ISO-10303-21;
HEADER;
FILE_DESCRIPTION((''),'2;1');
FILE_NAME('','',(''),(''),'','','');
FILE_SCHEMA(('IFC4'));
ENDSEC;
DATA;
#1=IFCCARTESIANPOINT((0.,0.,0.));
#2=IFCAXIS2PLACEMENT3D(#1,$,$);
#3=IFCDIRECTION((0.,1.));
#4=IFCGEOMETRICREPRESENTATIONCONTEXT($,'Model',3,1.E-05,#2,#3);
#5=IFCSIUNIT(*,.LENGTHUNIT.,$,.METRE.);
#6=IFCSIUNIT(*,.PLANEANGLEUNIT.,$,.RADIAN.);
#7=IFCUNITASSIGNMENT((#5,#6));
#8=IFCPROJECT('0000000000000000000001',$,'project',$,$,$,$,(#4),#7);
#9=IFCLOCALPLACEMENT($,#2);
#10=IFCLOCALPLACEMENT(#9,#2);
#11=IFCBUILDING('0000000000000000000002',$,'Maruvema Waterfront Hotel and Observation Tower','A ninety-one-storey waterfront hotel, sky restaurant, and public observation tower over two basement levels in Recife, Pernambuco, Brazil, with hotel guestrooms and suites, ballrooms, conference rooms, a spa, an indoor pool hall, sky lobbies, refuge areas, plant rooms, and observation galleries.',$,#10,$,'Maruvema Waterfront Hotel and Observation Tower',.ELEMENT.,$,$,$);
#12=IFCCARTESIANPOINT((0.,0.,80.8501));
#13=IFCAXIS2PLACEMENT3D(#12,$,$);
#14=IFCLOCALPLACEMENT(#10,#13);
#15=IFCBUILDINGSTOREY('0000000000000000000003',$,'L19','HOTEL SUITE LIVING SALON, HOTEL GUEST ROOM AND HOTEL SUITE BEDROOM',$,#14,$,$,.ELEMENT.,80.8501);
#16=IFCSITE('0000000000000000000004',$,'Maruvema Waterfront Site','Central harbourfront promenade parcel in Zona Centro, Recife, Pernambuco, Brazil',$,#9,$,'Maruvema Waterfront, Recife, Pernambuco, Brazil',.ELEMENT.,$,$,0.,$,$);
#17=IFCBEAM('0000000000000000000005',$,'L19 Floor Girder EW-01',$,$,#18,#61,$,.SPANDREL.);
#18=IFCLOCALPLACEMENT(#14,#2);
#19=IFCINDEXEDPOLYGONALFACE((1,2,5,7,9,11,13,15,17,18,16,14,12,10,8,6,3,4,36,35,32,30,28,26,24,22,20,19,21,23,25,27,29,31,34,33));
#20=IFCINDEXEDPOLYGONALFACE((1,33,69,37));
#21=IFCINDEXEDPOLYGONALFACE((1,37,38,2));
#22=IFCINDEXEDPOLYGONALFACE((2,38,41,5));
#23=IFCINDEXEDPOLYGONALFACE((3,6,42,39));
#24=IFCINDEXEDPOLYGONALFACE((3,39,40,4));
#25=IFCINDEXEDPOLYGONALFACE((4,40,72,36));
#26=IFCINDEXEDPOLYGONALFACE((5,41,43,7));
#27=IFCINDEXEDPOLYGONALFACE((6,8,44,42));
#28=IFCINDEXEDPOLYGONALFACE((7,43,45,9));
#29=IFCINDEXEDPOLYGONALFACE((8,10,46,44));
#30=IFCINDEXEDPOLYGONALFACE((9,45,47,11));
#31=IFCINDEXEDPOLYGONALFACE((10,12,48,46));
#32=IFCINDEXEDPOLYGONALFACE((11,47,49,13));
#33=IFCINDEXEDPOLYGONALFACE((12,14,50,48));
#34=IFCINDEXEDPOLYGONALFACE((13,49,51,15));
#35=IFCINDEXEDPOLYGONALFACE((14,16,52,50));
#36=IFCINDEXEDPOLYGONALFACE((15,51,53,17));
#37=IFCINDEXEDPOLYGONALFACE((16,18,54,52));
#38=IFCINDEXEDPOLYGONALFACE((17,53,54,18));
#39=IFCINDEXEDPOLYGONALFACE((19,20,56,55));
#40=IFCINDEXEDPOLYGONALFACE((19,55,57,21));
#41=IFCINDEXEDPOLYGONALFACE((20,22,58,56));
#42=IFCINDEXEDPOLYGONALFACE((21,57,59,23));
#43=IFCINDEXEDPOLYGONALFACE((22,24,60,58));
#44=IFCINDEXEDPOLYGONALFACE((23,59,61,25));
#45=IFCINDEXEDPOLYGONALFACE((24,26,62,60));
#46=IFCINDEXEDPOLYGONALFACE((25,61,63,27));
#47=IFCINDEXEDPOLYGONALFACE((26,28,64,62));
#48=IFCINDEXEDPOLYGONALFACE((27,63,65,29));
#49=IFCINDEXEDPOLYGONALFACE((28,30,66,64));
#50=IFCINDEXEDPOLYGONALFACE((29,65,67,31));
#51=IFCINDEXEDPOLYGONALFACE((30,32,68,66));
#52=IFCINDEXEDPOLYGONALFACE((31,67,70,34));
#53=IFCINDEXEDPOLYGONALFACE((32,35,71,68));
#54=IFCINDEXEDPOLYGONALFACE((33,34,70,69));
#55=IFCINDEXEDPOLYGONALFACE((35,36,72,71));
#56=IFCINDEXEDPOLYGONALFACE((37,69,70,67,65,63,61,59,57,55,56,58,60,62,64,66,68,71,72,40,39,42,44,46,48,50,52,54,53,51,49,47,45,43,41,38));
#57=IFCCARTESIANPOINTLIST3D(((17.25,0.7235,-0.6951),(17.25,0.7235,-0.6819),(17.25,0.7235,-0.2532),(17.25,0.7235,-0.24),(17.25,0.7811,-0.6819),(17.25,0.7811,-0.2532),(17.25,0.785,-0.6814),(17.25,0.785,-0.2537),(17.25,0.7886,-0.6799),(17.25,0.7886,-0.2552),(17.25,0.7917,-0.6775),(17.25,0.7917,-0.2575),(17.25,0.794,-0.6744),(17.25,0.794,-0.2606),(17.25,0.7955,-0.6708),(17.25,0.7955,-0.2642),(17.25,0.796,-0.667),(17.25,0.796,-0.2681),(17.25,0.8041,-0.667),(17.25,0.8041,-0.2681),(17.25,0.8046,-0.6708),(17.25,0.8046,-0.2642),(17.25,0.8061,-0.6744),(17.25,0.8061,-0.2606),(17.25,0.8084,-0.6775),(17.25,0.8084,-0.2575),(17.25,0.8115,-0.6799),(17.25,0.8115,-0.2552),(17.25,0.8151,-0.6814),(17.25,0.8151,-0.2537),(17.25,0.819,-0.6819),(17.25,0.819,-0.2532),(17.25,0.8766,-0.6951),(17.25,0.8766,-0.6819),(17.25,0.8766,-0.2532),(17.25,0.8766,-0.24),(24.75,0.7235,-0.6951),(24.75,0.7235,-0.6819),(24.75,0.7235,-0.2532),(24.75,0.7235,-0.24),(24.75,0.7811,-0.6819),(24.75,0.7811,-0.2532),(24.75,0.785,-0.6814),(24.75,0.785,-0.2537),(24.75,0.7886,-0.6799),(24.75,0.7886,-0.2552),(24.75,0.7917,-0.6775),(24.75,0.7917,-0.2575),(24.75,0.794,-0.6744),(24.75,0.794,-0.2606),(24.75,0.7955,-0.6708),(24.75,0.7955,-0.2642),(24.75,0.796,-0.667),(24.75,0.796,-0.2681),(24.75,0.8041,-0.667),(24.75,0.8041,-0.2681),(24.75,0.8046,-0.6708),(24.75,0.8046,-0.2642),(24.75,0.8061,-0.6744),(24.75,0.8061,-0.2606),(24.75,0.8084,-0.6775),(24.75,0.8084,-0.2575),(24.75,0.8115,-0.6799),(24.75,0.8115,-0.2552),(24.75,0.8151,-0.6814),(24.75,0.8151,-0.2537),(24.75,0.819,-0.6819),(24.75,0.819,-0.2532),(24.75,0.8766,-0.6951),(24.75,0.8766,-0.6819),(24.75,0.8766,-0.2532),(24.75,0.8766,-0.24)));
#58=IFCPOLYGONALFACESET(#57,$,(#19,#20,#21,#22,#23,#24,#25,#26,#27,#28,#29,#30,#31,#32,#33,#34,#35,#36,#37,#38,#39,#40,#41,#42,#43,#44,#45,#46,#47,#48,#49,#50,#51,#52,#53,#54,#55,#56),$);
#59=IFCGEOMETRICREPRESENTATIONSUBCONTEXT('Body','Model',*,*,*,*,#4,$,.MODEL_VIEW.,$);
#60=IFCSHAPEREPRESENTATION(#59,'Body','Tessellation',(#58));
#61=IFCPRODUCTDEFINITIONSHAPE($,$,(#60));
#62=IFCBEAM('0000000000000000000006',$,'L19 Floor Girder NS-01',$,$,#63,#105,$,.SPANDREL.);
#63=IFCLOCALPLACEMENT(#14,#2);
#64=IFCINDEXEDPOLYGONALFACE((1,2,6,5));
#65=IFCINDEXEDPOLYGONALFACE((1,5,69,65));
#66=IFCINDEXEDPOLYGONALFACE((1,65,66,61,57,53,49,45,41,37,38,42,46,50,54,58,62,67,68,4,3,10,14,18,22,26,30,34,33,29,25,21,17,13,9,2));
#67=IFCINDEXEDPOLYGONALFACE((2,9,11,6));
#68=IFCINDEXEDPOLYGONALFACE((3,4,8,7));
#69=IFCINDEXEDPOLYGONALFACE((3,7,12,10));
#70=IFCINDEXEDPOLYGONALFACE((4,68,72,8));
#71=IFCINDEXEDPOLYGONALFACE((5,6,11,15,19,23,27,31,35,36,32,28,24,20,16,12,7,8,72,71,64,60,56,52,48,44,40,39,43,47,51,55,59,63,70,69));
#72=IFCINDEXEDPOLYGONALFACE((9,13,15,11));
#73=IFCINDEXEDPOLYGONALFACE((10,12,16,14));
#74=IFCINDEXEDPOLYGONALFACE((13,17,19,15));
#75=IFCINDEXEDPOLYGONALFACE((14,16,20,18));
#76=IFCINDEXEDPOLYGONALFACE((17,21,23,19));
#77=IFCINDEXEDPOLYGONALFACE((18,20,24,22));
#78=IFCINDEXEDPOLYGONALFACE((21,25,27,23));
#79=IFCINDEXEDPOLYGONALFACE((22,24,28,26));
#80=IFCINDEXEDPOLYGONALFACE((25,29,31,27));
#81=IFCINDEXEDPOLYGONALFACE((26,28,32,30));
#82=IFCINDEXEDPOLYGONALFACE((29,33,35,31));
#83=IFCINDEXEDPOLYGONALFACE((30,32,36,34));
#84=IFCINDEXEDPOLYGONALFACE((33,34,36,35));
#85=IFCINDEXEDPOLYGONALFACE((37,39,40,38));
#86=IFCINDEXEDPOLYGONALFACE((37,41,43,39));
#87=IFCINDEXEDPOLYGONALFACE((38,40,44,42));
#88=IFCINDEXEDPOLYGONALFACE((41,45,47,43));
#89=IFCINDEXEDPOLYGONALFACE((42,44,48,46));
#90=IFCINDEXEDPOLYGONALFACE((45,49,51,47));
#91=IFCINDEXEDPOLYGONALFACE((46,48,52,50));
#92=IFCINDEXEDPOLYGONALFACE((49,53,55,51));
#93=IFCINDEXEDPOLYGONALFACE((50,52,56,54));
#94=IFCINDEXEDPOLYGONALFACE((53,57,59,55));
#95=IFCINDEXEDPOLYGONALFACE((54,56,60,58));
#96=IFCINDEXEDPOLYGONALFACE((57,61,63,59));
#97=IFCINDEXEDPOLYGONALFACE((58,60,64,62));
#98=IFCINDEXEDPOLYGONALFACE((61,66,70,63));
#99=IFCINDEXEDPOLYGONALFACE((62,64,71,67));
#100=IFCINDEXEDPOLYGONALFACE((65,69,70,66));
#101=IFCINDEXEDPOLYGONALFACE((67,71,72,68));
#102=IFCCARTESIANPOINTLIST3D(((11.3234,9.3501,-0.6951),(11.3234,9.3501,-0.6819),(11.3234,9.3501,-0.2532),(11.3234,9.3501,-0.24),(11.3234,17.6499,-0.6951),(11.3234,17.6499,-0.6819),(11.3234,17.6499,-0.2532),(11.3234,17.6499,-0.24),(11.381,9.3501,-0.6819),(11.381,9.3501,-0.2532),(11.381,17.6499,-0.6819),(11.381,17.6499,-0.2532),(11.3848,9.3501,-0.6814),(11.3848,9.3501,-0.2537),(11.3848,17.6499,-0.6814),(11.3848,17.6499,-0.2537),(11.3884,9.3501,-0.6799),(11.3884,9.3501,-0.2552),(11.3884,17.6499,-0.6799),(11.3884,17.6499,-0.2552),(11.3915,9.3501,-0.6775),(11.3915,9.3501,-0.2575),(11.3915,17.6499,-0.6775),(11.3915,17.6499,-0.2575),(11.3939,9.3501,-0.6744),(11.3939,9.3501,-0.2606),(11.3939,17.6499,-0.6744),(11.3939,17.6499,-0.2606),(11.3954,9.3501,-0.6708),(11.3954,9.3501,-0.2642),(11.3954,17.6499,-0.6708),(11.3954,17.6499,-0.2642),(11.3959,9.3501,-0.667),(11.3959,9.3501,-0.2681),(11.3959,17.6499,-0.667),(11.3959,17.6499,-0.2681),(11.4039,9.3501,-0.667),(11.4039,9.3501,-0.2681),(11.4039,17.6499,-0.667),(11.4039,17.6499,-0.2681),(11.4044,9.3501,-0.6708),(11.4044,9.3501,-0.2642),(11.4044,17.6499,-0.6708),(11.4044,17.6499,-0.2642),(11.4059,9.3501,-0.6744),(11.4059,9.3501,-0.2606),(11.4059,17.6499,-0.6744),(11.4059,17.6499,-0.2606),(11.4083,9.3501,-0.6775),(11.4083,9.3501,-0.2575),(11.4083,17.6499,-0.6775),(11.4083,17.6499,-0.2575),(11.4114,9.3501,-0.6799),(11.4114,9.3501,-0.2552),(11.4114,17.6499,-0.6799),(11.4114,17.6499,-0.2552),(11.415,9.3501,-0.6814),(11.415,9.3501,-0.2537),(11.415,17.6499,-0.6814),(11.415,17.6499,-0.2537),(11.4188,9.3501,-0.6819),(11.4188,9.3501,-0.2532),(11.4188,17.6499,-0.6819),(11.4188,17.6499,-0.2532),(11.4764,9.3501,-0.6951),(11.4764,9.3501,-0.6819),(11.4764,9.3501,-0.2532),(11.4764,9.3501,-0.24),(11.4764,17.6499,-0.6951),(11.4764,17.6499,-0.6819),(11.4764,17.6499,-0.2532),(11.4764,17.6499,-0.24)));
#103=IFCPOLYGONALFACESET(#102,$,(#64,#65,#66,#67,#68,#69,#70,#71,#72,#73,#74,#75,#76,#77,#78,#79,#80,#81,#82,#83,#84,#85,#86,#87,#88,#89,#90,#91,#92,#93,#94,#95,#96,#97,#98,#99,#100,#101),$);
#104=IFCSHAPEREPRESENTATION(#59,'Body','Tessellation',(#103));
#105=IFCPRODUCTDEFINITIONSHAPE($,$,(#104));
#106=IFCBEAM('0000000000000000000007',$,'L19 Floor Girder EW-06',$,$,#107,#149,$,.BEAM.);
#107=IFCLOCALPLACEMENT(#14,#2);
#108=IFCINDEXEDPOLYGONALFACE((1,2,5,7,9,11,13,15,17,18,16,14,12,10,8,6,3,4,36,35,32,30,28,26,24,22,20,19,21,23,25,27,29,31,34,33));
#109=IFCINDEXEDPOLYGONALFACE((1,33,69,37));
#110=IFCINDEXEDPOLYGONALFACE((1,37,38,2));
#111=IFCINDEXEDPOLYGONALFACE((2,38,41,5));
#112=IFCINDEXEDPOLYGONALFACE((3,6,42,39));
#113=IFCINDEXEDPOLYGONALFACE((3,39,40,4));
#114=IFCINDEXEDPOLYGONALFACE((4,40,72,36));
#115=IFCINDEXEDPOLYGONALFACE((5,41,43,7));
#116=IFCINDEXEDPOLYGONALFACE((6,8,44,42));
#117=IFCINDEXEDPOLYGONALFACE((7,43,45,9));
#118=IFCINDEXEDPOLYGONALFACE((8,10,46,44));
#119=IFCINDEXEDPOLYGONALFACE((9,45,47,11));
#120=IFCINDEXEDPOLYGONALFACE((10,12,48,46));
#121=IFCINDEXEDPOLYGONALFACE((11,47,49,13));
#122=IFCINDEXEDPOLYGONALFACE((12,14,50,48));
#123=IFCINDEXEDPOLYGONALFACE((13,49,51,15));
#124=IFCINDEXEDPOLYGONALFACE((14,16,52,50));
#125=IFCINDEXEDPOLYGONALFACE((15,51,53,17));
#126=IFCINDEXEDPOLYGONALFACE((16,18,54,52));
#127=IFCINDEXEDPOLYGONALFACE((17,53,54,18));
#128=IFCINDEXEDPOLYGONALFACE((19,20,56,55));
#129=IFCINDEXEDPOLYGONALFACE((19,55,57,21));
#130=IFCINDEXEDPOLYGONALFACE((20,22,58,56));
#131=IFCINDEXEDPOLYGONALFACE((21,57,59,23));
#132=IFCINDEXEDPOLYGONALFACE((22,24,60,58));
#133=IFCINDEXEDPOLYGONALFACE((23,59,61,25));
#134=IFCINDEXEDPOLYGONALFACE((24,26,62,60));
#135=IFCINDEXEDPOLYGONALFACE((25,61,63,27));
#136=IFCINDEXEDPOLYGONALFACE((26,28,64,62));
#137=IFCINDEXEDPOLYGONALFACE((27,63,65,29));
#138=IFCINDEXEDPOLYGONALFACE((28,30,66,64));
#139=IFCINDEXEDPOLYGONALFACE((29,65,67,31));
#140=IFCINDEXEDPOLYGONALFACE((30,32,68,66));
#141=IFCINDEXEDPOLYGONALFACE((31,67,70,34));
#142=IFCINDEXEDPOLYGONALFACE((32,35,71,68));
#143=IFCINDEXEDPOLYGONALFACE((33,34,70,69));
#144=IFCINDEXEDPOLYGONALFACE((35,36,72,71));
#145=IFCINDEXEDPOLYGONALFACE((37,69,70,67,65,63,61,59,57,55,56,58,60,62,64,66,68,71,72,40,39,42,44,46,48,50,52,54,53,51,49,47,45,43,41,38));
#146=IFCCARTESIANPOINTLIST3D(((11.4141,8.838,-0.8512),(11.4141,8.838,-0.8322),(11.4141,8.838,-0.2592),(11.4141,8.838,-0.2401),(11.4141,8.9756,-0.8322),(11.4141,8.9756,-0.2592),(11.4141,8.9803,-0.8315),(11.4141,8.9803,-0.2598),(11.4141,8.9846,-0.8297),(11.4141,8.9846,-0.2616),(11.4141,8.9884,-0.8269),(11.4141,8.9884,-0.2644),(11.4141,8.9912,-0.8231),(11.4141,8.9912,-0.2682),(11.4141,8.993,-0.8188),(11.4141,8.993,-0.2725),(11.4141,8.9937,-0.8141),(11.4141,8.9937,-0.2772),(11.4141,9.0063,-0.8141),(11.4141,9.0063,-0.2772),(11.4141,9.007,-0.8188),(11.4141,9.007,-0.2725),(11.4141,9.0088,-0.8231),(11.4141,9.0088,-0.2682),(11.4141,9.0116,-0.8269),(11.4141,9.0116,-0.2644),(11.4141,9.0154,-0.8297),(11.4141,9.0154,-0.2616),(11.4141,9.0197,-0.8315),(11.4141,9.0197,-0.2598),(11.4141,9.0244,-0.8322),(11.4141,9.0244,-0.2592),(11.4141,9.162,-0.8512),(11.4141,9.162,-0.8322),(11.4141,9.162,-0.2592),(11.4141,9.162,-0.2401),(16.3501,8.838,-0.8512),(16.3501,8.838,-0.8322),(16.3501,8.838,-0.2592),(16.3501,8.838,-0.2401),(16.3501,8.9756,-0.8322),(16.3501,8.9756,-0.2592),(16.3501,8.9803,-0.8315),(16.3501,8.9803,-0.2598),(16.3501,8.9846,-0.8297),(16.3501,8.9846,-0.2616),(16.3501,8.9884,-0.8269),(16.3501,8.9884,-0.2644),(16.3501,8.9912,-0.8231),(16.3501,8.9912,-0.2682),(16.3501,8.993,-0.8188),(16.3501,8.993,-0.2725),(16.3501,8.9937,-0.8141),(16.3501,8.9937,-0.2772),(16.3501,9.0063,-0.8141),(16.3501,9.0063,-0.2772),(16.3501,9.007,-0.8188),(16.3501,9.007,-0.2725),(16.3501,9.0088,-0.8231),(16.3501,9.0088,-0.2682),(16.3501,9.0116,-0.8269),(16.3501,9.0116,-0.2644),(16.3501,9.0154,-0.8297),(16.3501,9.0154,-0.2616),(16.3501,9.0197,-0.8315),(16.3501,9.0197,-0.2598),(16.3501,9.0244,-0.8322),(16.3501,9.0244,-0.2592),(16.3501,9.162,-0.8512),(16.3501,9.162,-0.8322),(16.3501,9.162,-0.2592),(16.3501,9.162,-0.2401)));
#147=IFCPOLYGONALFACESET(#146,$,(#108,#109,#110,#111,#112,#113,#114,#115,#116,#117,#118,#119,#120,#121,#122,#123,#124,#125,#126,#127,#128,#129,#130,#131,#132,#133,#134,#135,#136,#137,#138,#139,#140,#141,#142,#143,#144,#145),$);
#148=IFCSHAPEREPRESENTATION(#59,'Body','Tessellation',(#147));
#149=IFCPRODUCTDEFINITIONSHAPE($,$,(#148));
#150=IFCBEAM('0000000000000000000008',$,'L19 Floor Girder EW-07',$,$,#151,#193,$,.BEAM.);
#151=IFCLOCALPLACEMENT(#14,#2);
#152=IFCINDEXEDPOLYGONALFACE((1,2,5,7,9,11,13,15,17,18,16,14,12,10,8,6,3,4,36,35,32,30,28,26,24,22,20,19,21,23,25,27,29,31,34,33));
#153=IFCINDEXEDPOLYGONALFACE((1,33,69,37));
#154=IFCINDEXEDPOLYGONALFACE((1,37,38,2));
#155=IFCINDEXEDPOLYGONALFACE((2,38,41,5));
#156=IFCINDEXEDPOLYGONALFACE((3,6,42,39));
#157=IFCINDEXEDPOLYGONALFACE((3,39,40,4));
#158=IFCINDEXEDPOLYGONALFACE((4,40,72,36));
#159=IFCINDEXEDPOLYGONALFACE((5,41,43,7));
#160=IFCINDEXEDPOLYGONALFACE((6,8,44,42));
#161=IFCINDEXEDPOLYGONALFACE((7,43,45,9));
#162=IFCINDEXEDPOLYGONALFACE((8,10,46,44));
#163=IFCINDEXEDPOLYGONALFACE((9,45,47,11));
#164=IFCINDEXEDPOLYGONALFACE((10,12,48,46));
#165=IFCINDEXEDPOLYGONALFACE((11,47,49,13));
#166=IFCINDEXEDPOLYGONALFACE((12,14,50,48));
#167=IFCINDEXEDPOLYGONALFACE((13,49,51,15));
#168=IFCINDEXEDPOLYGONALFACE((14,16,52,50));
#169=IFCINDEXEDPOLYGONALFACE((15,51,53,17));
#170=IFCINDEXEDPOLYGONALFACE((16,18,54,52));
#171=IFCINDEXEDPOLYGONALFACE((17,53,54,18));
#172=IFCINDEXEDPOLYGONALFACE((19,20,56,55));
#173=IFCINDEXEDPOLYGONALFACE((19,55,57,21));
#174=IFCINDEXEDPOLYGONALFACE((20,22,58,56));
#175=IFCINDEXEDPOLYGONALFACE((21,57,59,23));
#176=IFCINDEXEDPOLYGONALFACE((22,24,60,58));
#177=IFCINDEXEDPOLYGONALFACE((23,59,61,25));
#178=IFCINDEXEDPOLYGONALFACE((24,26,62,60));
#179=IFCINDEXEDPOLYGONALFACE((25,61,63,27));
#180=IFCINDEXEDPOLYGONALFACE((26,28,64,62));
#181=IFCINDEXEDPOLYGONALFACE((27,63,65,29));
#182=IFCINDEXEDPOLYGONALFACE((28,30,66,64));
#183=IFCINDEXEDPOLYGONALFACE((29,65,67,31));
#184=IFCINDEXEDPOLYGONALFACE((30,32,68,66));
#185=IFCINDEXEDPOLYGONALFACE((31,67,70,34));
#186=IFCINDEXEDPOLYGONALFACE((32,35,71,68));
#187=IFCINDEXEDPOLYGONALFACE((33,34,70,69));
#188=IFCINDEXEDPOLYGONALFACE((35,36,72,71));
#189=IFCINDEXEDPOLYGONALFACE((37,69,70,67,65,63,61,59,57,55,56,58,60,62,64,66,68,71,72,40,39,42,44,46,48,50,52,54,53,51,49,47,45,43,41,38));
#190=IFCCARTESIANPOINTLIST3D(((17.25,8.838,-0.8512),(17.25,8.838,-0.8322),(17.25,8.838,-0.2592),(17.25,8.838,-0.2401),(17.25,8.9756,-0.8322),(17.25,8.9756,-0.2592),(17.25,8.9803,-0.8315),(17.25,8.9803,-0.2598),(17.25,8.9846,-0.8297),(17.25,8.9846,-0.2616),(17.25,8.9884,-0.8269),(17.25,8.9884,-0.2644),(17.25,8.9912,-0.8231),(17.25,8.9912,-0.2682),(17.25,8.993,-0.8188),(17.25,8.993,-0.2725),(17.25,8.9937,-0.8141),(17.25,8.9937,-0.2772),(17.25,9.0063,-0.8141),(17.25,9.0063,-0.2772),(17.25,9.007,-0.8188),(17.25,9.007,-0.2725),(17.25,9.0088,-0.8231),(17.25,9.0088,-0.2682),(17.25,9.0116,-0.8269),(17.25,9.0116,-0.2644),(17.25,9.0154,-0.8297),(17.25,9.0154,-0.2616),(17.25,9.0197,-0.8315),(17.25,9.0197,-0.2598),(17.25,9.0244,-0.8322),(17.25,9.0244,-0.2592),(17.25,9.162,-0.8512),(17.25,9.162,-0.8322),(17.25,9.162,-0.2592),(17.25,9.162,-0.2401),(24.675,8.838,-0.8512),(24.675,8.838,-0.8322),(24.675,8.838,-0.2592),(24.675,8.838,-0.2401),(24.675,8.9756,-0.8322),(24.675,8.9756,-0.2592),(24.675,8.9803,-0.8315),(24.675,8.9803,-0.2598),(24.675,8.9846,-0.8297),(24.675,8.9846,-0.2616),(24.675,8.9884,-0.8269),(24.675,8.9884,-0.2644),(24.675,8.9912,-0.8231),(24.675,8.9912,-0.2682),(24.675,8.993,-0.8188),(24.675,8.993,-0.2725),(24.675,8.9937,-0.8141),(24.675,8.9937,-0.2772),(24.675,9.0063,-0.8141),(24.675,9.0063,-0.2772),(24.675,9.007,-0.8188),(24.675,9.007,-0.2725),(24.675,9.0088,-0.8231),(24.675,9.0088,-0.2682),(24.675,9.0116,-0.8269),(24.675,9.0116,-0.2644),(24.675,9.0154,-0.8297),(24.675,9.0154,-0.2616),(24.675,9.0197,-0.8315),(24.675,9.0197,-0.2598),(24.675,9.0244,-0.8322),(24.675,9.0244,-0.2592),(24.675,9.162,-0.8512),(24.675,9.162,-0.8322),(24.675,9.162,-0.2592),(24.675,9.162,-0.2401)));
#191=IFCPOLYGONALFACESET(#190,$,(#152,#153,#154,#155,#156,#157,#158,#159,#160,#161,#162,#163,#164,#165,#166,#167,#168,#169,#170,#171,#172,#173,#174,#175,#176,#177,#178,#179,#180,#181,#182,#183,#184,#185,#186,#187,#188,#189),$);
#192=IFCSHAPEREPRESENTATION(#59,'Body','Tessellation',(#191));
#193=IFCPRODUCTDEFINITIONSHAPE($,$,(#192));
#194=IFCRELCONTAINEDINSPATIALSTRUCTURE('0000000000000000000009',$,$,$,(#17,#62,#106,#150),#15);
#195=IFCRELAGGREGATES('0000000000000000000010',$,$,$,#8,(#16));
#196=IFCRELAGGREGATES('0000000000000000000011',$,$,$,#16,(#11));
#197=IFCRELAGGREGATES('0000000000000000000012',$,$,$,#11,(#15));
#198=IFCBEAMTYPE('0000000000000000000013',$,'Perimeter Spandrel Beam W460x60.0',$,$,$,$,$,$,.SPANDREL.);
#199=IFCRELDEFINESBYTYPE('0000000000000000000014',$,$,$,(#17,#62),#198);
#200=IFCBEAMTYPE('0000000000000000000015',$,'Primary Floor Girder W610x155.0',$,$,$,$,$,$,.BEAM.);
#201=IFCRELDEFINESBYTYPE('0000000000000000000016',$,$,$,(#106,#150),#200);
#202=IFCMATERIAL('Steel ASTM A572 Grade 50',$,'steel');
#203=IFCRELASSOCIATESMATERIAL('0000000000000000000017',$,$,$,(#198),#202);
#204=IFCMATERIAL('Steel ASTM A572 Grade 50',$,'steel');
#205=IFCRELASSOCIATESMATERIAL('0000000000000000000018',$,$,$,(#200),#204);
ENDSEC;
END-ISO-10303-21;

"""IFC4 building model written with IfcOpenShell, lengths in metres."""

from ifc_helpers import new_model, si_unit, direction, frame, origin, origin_2d, place, context, subcontext, project, spatial, i_section, extrude, material, material_profile, profile_set, type_object, element, save


model = new_model("IFC4")

# Units and contexts
model_context = context("Model", 3, precision=1e-05, world=origin(), true_north=direction((0.0, 1.0)))
body_context = subcontext(model_context, "Body", "Model", "MODEL_VIEW")
ifc_project = project(units=[si_unit("LENGTHUNIT", "METRE"), si_unit("PLANEANGLEUNIT", "RADIAN")], contexts=[model_context])

# Site, building, storey
site_placement = place(None, origin())
site = spatial("IfcSite", under=ifc_project, at=site_placement, Name="Maruvema Waterfront Site", Description="Central harbourfront promenade parcel in Zona Centro, Recife, Pernambuco, Brazil", LongName="Maruvema Waterfront, Recife, Pernambuco, Brazil", CompositionType="ELEMENT", RefElevation=0.0)
building_placement = place(site_placement, origin())
building = spatial("IfcBuilding", under=site, at=building_placement, Name="Maruvema Waterfront Hotel and Observation Tower", Description="A ninety-one-storey waterfront hotel, sky restaurant, and public observation tower over two basement levels in Recife, Pernambuco, Brazil, with hotel guestrooms and suites, ballrooms, conference rooms, a spa, an indoor pool hall, sky lobbies, refuge areas, plant rooms, and observation galleries.", LongName="Maruvema Waterfront Hotel and Observation Tower", CompositionType="ELEMENT")
storey_placement = place(building_placement, frame((0.0, 0.0, 80.8501)))
storey = spatial("IfcBuildingStorey", under=building, at=storey_placement, Name="L19", Description="HOTEL SUITE LIVING SALON, HOTEL GUEST ROOM AND HOTEL SUITE BEDROOM", CompositionType="ELEMENT", Elevation=80.8501)

# Beams
ifc_material_1 = material(Name="Steel ASTM A572 Grade 50", Category="steel")
ifc_material_profile_1 = material_profile(ifc_material_1, i_section(OverallWidth=0.1531, OverallDepth=0.4551, WebThickness=0.0081, FlangeThickness=0.0132, FilletRadius=0.0149, at=origin_2d()), Name="W460x60.0")
ifc_profile_set_1 = profile_set([ifc_material_profile_1], Name="Steel ASTM A572 Grade 50")
beam_type_1 = type_object("IfcBeamType", Name="Perimeter Spandrel Beam W460x60.0", PredefinedType="SPANDREL", material=ifc_profile_set_1)
beam_1_placement = place(storey_placement, frame((17.25, 0.8, -0.4675), z_axis=(1.0, 0.0, 0.0), x_axis=(0.0, 1.0, 0.0)))
element("IfcBeam", 1, at=beam_1_placement, inside=storey, type_object=beam_type_1, Name="L19 Floor Girder EW-01", PredefinedType="SPANDREL", context=body_context, shape_type="SweptSolid", body=[
    extrude(i_section(OverallWidth=0.1531, OverallDepth=0.4551, WebThickness=0.0081, FlangeThickness=0.0132, FilletRadius=0.0149, at=origin_2d()), origin(), (0.0, 0.0, 1.0), 7.5),
])
beam_2_placement = place(storey_placement, frame((11.3999, 9.3501, -0.4675), z_axis=(0.0, 1.0, 0.0), x_axis=(-1.0, 0.0, 0.0)))
element("IfcBeam", 2, at=beam_2_placement, inside=storey, type_object=beam_type_1, Name="L19 Floor Girder NS-01", PredefinedType="SPANDREL", context=body_context, shape_type="SweptSolid", body=[
    extrude(i_section(OverallWidth=0.1531, OverallDepth=0.4551, WebThickness=0.0081, FlangeThickness=0.0132, FilletRadius=0.0149, at=origin_2d()), origin(), (0.0, 0.0, 1.0), 8.2998),
])
ifc_material_2 = material(Name="Steel ASTM A572 Grade 50", Category="steel")
ifc_material_profile_2 = material_profile(ifc_material_2, i_section(OverallWidth=0.324, OverallDepth=0.6111, WebThickness=0.0127, FlangeThickness=0.019, FilletRadius=0.0181, at=origin_2d()), Name="W610x155.0")
ifc_profile_set_2 = profile_set([ifc_material_profile_2], Name="Steel ASTM A572 Grade 50")
beam_type_2 = type_object("IfcBeamType", Name="Primary Floor Girder W610x155.0", PredefinedType="BEAM", material=ifc_profile_set_2)
beam_3_placement = place(storey_placement, frame((11.4141, 9.0, -0.5457), z_axis=(1.0, 0.0, 0.0), x_axis=(0.0, 1.0, 0.0)))
element("IfcBeam", 3, at=beam_3_placement, inside=storey, type_object=beam_type_2, Name="L19 Floor Girder EW-06", PredefinedType="BEAM", context=body_context, shape_type="SweptSolid", body=[
    extrude(i_section(OverallWidth=0.324, OverallDepth=0.6111, WebThickness=0.0127, FlangeThickness=0.019, FilletRadius=0.0181, at=origin_2d()), origin(), (0.0, 0.0, 1.0), 4.936),
])
beam_4_placement = place(storey_placement, frame((17.25, 9.0, -0.5457), z_axis=(1.0, 0.0, 0.0), x_axis=(0.0, 1.0, 0.0)))
element("IfcBeam", 4, at=beam_4_placement, inside=storey, type_object=beam_type_2, Name="L19 Floor Girder EW-07", PredefinedType="BEAM", context=body_context, shape_type="SweptSolid", body=[
    extrude(i_section(OverallWidth=0.324, OverallDepth=0.6111, WebThickness=0.0127, FlangeThickness=0.019, FilletRadius=0.0181, at=origin_2d()), origin(), (0.0, 0.0, 1.0), 7.425),
])

save(model, "model.ifc")
